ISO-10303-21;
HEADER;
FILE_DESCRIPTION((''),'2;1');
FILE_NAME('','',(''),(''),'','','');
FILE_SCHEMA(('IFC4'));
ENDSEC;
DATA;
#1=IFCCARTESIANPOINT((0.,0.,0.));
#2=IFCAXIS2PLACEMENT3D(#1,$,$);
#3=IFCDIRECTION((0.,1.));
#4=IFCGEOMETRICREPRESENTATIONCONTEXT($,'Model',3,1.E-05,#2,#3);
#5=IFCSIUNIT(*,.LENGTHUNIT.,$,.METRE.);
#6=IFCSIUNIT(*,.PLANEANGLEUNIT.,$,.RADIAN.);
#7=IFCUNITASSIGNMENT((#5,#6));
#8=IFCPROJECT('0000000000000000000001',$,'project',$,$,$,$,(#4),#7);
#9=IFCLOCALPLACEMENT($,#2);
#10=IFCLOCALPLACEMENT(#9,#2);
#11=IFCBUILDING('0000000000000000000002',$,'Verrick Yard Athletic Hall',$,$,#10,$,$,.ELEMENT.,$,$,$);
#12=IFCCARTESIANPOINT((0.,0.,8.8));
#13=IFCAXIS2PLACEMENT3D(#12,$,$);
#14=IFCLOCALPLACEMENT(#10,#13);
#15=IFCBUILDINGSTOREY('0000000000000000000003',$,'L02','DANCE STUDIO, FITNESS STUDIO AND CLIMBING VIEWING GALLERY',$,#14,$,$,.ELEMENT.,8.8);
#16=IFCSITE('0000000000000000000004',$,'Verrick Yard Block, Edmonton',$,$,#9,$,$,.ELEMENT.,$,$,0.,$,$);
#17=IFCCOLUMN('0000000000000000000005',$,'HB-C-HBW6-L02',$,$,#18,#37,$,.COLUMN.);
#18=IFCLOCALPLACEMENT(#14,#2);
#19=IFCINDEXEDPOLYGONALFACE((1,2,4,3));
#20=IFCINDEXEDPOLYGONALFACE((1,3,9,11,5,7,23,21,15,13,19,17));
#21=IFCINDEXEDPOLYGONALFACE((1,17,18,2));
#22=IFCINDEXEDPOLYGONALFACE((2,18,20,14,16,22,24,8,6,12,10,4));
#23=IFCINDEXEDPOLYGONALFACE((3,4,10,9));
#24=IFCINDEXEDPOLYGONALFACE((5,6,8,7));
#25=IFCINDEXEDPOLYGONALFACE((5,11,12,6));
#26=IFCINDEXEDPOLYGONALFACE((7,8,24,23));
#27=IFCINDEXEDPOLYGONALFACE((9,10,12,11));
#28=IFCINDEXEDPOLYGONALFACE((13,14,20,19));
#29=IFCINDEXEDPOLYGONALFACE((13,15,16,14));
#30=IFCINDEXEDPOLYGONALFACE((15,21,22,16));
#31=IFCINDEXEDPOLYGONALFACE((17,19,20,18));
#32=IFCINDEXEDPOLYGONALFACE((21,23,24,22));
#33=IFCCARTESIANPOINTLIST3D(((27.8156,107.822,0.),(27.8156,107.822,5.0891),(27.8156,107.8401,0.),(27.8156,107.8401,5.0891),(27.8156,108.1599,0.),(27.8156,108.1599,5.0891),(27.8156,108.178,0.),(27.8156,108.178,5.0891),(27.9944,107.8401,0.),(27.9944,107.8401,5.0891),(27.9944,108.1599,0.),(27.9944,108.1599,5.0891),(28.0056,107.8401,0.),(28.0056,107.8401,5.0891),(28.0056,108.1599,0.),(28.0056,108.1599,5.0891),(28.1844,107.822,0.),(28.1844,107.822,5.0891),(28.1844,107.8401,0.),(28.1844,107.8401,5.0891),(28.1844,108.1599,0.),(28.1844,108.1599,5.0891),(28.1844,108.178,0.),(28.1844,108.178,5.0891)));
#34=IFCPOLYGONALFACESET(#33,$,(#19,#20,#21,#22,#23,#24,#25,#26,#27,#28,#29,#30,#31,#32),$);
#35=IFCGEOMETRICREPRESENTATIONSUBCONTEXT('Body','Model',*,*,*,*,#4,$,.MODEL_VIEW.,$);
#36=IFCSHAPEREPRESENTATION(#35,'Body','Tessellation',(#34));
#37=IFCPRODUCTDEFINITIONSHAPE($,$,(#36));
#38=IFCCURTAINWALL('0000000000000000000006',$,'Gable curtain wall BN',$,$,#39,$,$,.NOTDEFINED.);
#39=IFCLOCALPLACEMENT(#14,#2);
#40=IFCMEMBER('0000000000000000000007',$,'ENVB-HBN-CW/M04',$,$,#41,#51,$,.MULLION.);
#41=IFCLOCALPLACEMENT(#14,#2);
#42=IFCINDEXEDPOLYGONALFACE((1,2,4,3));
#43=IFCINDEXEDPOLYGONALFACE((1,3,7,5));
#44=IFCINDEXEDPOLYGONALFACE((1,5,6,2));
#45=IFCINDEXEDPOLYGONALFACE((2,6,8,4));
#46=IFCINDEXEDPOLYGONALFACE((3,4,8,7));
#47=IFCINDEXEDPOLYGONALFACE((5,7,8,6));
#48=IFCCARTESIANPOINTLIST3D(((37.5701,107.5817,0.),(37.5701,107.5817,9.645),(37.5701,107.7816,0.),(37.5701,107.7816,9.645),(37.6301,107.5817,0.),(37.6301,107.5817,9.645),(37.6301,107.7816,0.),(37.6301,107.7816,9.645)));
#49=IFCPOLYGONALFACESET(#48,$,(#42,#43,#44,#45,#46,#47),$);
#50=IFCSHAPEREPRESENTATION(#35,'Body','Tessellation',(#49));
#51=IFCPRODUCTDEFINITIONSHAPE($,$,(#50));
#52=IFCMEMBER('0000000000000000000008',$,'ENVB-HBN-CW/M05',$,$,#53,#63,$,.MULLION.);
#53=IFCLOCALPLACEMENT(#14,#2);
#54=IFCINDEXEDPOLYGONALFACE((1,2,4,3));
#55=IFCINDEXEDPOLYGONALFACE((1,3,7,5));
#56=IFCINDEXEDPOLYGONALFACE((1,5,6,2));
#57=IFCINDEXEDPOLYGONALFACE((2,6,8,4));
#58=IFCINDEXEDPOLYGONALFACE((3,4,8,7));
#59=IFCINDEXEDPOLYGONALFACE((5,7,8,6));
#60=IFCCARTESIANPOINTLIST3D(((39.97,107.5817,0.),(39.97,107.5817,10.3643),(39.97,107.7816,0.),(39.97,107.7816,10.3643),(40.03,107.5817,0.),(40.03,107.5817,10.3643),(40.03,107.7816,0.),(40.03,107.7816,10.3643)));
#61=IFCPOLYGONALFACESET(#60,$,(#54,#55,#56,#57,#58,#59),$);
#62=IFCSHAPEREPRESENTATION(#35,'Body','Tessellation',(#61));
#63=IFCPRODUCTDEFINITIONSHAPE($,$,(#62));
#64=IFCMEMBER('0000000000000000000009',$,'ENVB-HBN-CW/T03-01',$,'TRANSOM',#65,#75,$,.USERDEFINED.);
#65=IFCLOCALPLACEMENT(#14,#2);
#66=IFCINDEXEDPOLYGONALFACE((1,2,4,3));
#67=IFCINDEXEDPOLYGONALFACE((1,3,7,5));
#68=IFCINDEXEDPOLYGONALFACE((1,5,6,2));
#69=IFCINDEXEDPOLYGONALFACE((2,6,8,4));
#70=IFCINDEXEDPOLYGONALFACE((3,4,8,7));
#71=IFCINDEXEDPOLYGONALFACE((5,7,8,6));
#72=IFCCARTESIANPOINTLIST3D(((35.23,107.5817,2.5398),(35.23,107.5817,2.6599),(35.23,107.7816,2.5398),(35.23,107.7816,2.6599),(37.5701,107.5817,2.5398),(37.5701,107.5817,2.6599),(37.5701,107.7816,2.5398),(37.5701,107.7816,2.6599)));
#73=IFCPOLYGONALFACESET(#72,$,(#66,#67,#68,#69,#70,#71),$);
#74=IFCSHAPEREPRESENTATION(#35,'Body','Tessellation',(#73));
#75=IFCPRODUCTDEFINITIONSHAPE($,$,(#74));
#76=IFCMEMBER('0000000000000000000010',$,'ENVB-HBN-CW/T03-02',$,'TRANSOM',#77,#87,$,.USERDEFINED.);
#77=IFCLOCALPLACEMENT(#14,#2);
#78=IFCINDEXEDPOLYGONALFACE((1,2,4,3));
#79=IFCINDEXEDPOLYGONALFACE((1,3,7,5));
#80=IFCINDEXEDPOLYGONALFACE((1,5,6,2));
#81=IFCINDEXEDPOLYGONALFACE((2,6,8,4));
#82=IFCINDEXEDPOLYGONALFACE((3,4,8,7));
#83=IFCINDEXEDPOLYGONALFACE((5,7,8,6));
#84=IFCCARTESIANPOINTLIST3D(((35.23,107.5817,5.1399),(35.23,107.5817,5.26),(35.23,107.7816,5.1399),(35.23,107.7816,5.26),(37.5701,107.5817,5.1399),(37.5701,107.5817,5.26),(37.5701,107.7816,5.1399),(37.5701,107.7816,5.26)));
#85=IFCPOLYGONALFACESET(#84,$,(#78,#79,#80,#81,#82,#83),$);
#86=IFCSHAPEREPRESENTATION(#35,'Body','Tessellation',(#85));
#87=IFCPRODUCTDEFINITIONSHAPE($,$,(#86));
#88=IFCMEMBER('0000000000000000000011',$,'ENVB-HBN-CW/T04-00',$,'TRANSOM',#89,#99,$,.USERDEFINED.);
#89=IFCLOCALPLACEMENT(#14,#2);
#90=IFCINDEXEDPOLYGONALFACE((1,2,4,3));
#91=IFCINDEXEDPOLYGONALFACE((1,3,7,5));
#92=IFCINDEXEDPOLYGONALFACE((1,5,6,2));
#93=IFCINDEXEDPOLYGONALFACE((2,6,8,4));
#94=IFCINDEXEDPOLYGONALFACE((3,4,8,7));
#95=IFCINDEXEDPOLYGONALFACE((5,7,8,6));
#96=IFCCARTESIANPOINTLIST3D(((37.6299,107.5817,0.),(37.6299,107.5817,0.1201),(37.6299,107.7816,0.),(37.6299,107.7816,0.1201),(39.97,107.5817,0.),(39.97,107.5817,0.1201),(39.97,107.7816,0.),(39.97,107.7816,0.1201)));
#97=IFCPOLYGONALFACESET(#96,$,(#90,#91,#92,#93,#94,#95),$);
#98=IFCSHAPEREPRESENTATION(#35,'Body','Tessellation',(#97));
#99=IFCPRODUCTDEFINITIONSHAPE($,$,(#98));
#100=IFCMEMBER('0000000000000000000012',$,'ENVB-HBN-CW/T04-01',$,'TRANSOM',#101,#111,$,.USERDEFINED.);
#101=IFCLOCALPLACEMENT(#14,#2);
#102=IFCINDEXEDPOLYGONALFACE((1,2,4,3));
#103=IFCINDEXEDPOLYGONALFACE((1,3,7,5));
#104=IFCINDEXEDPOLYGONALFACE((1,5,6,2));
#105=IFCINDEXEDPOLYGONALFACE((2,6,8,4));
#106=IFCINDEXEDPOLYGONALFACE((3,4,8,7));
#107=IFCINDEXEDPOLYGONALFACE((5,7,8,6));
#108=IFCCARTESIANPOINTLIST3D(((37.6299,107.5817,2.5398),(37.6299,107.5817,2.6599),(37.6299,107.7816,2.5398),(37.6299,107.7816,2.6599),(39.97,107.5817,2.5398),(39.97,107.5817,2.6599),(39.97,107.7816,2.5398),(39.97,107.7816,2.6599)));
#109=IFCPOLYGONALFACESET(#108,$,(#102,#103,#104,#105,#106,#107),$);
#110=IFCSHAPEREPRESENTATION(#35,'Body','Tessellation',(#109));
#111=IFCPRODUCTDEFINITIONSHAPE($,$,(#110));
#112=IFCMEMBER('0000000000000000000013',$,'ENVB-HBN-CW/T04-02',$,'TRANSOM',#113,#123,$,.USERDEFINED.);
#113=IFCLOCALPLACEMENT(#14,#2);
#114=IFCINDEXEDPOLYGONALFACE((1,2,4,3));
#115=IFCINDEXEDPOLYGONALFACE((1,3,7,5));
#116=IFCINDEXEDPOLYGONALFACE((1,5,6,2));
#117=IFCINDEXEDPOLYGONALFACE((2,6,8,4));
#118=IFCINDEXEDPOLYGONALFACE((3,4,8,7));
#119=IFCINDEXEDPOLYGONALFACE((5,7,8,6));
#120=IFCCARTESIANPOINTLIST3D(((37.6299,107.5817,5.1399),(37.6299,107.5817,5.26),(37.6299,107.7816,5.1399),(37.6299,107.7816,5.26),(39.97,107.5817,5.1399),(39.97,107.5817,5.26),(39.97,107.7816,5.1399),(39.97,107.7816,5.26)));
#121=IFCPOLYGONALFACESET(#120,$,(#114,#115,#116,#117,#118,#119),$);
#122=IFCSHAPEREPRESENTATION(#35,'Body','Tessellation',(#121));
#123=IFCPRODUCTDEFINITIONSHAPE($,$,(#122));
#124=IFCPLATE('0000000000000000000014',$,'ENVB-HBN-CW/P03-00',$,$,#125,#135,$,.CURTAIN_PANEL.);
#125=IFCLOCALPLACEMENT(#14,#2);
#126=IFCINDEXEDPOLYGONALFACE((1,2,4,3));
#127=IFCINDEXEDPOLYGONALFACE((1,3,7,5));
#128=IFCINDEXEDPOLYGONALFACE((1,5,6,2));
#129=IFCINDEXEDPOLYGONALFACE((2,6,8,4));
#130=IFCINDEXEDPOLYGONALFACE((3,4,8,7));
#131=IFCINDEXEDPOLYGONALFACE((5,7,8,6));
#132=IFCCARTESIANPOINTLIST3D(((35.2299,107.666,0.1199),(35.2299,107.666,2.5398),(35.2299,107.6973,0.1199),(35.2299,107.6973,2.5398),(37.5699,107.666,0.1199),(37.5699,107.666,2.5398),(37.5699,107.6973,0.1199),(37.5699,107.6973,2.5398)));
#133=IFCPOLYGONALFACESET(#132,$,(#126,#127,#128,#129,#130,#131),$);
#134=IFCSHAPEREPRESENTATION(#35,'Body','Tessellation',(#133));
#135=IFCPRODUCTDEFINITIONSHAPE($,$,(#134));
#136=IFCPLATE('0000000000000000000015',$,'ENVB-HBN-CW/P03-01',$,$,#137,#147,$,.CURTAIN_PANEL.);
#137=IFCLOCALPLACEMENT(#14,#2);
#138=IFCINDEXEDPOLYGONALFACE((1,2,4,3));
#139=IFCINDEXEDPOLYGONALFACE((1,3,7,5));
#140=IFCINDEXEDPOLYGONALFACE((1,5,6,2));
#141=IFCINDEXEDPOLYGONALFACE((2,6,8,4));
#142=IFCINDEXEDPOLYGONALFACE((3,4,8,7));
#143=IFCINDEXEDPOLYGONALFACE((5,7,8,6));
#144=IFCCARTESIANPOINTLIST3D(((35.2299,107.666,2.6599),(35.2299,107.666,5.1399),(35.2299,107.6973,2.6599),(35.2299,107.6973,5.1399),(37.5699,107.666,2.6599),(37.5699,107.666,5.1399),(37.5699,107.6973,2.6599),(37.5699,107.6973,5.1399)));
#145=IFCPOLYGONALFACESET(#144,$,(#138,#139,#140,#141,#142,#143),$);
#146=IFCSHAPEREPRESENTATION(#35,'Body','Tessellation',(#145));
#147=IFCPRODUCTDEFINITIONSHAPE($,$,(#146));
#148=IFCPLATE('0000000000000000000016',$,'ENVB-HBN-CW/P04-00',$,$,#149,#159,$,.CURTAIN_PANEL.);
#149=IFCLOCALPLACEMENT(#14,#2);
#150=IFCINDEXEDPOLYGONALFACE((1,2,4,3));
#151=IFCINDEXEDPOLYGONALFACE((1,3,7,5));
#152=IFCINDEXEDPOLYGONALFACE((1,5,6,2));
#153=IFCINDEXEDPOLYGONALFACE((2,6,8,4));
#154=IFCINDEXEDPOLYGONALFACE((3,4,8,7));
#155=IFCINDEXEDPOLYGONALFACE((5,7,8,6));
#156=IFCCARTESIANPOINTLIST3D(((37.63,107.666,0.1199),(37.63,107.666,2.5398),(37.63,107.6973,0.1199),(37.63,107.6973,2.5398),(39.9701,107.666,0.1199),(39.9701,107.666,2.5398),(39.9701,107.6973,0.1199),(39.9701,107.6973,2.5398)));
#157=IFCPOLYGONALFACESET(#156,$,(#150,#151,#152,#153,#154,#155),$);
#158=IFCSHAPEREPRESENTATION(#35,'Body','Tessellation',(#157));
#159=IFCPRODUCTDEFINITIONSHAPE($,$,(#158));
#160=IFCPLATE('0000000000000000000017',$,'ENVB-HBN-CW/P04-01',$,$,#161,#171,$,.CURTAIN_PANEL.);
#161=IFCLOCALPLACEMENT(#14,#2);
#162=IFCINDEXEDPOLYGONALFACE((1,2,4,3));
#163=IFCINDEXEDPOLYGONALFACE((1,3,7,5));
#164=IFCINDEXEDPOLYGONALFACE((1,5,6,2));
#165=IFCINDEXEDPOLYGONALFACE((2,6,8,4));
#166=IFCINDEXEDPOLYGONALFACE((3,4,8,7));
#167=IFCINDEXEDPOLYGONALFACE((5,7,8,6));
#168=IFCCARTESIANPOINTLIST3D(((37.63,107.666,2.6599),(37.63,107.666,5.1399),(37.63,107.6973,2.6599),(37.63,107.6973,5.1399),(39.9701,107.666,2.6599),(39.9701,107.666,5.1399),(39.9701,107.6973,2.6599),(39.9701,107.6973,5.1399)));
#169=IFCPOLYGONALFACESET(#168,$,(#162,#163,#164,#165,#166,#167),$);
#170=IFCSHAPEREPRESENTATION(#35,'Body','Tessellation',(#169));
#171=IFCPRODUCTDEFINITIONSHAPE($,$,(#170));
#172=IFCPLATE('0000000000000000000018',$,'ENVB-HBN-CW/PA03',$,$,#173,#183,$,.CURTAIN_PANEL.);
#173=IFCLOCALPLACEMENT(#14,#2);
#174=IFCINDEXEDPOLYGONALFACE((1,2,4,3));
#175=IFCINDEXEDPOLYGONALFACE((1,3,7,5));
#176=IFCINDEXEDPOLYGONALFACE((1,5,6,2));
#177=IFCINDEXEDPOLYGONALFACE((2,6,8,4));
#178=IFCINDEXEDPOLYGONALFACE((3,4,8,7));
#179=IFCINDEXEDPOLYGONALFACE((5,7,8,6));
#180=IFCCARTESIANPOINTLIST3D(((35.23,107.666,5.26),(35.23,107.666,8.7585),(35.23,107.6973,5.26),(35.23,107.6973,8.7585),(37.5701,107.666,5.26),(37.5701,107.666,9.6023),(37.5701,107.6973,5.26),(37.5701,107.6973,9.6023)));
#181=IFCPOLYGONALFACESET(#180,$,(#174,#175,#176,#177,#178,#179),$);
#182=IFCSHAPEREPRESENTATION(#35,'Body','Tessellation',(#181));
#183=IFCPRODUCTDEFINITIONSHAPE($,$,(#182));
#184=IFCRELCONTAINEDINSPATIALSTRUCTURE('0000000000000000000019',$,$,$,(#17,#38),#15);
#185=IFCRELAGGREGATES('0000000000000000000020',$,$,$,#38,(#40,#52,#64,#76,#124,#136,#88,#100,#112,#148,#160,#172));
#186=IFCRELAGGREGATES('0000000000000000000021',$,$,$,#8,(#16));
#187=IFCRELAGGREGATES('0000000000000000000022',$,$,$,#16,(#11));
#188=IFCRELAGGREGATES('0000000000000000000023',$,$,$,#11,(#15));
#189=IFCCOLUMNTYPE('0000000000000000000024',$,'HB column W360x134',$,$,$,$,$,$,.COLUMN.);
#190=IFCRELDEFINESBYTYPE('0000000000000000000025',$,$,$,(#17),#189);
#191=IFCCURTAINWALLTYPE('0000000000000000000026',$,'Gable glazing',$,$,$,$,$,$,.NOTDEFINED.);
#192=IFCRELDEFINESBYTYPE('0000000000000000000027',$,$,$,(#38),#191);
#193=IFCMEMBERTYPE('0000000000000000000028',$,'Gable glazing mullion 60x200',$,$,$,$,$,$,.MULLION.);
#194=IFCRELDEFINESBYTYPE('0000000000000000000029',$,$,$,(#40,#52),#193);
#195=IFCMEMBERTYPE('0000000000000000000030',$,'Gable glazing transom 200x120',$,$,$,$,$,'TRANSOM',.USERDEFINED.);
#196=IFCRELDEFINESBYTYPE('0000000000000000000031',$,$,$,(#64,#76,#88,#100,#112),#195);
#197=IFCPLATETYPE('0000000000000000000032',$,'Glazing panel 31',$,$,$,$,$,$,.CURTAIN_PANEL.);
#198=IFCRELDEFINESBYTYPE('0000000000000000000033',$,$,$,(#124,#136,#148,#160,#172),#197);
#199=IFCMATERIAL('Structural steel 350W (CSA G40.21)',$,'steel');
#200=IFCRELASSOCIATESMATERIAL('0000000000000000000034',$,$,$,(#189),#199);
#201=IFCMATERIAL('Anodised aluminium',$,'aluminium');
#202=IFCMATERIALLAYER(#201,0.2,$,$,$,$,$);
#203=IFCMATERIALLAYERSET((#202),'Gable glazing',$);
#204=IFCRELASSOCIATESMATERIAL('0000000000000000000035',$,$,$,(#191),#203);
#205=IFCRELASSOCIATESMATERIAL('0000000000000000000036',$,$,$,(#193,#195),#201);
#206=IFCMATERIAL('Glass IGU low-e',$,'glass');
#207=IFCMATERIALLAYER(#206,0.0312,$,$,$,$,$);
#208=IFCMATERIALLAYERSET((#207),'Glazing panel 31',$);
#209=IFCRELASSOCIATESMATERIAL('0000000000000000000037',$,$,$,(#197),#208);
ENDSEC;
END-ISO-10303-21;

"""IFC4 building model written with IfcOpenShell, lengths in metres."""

from ifc_helpers import new_model, si_unit, direction, frame, origin, origin_2d, place, context, subcontext, project, spatial, polyline, rectangle, i_section, outline, extrude, material, layer, layer_set, material_profile, profile_set, type_object, element, aggregate, save


model = new_model("IFC4")

# Units and contexts
model_context = context("Model", 3, precision=1e-05, world=origin(), true_north=direction((0.0, 1.0)))
body_context = subcontext(model_context, "Body", "Model", "MODEL_VIEW")
ifc_project = project(units=[si_unit("LENGTHUNIT", "METRE"), si_unit("PLANEANGLEUNIT", "RADIAN")], contexts=[model_context])

# Site, building, storey
site_placement = place(None, origin())
site = spatial("IfcSite", under=ifc_project, at=site_placement, Name="Verrick Yard Block, Edmonton", CompositionType="ELEMENT", RefElevation=0.0)
building_placement = place(site_placement, origin())
building = spatial("IfcBuilding", under=site, at=building_placement, Name="Verrick Yard Athletic Hall", CompositionType="ELEMENT")
storey_placement = place(building_placement, frame((0.0, 0.0, 8.8)))
storey = spatial("IfcBuildingStorey", under=building, at=storey_placement, Name="L02", Description="DANCE STUDIO, FITNESS STUDIO AND CLIMBING VIEWING GALLERY", CompositionType="ELEMENT", Elevation=8.8)

# Column
ifc_material_1 = material(Name="Structural steel 350W (CSA G40.21)", Category="steel")
ifc_material_profile_1 = material_profile(ifc_material_1, i_section(OverallWidth=0.3689, OverallDepth=0.356, WebThickness=0.0112, FlangeThickness=0.0181, at=origin_2d()), Name="W360x134")
ifc_profile_set_1 = profile_set([ifc_material_profile_1], Name="Structural steel 350W (CSA G40.21)")
column_type = type_object("IfcColumnType", Name="HB column W360x134", PredefinedType="COLUMN", material=ifc_profile_set_1)
column_placement = place(storey_placement, frame((28.0, 108.0, 0.0), z_axis=(0.0, 0.0, 1.0), x_axis=(1.0, 0.0, 0.0)))
element("IfcColumn", 1, at=column_placement, inside=storey, type_object=column_type, Name="HB-C-HBW6-L02", PredefinedType="COLUMN", context=body_context, shape_type="SweptSolid", body=[
    extrude(i_section(OverallWidth=0.3689, OverallDepth=0.356, WebThickness=0.0112, FlangeThickness=0.0181, at=origin_2d()), origin(), (0.0, 0.0, 1.0), 5.0891),
])

# Curtain wall, members, plates
ifc_material_2 = material(Name="Anodised aluminium", Category="aluminium")
ifc_layer_1 = layer(ifc_material_2, 0.2)
ifc_layer_set_1 = layer_set([ifc_layer_1], Name="Gable glazing")
curtain_wall_type = type_object("IfcCurtainWallType", Name="Gable glazing", PredefinedType="NOTDEFINED", material=ifc_layer_set_1)
curtain_wall_placement = place(storey_placement, origin())
curtain_wall = element("IfcCurtainWall", 2, at=curtain_wall_placement, inside=storey, type_object=curtain_wall_type, Name="Gable curtain wall BN", PredefinedType="NOTDEFINED")
ifc_material_profile_2 = material_profile(ifc_material_2, rectangle(XDim=0.2, YDim=0.0601, at=origin_2d()), Name="CW gable mullion 60x200")
ifc_profile_set_2 = profile_set([ifc_material_profile_2], Name="Anodised aluminium")
member_type_1 = type_object("IfcMemberType", Name="Gable glazing mullion 60x200", PredefinedType="MULLION", material=ifc_profile_set_2)
member_1_placement = place(storey_placement, frame((37.6001, 107.6816, 0.0), z_axis=(0.0, 0.0, 1.0), x_axis=(0.0, 1.0, 0.0)))
member_1 = element("IfcMember", 3, at=member_1_placement, type_object=member_type_1, Name="ENVB-HBN-CW/M04", PredefinedType="MULLION", context=body_context, shape_type="SweptSolid", body=[
    extrude(rectangle(XDim=0.2, YDim=0.0601, at=origin_2d()), origin(), (0.0, 0.0, 1.0), 9.645),
])
member_2_placement = place(storey_placement, frame((40.0, 107.6816, 0.0), z_axis=(0.0, 0.0, 1.0), x_axis=(0.0, 1.0, 0.0)))
member_2 = element("IfcMember", 4, at=member_2_placement, type_object=member_type_1, Name="ENVB-HBN-CW/M05", PredefinedType="MULLION", context=body_context, shape_type="SweptSolid", body=[
    extrude(rectangle(XDim=0.2, YDim=0.0601, at=origin_2d()), origin(), (0.0, 0.0, 1.0), 10.3643),
])
ifc_material_profile_3 = material_profile(ifc_material_2, rectangle(XDim=0.2, YDim=0.1201, at=origin_2d()), Name="CW gable transom 200x120")
ifc_profile_set_3 = profile_set([ifc_material_profile_3], Name="Anodised aluminium")
member_type_2 = type_object("IfcMemberType", Name="Gable glazing transom 200x120", ElementType="TRANSOM", PredefinedType="USERDEFINED", material=ifc_profile_set_3)
member_3_placement = place(storey_placement, frame((35.23, 107.6816, 2.5999), z_axis=(1.0, 0.0, 0.0), x_axis=(0.0, 1.0, 0.0)))
member_3 = element("IfcMember", 5, at=member_3_placement, type_object=member_type_2, Name="ENVB-HBN-CW/T03-01", ObjectType="TRANSOM", PredefinedType="USERDEFINED", context=body_context, shape_type="SweptSolid", body=[
    extrude(rectangle(XDim=0.2, YDim=0.1201, at=origin_2d()), origin(), (0.0, 0.0, 1.0), 2.3401),
])
member_4_placement = place(storey_placement, frame((35.23, 107.6816, 5.2), z_axis=(1.0, 0.0, 0.0), x_axis=(0.0, 1.0, 0.0)))
member_4 = element("IfcMember", 6, at=member_4_placement, type_object=member_type_2, Name="ENVB-HBN-CW/T03-02", ObjectType="TRANSOM", PredefinedType="USERDEFINED", context=body_context, shape_type="SweptSolid", body=[
    extrude(rectangle(XDim=0.2, YDim=0.1201, at=origin_2d()), origin(), (0.0, 0.0, 1.0), 2.3401),
])
member_5_placement = place(storey_placement, frame((37.6299, 107.6816, 0.0601), z_axis=(1.0, 0.0, 0.0), x_axis=(0.0, 1.0, 0.0)))
member_5 = element("IfcMember", 7, at=member_5_placement, type_object=member_type_2, Name="ENVB-HBN-CW/T04-00", ObjectType="TRANSOM", PredefinedType="USERDEFINED", context=body_context, shape_type="SweptSolid", body=[
    extrude(rectangle(XDim=0.2, YDim=0.1201, at=origin_2d()), origin(), (0.0, 0.0, 1.0), 2.3401),
])
member_6_placement = place(storey_placement, frame((37.6299, 107.6816, 2.5999), z_axis=(1.0, 0.0, 0.0), x_axis=(0.0, 1.0, 0.0)))
member_6 = element("IfcMember", 8, at=member_6_placement, type_object=member_type_2, Name="ENVB-HBN-CW/T04-01", ObjectType="TRANSOM", PredefinedType="USERDEFINED", context=body_context, shape_type="SweptSolid", body=[
    extrude(rectangle(XDim=0.2, YDim=0.1201, at=origin_2d()), origin(), (0.0, 0.0, 1.0), 2.3401),
])
member_7_placement = place(storey_placement, frame((37.6299, 107.6816, 5.2), z_axis=(1.0, 0.0, 0.0), x_axis=(0.0, 1.0, 0.0)))
member_7 = element("IfcMember", 9, at=member_7_placement, type_object=member_type_2, Name="ENVB-HBN-CW/T04-02", ObjectType="TRANSOM", PredefinedType="USERDEFINED", context=body_context, shape_type="SweptSolid", body=[
    extrude(rectangle(XDim=0.2, YDim=0.1201, at=origin_2d()), origin(), (0.0, 0.0, 1.0), 2.3401),
])
ifc_material_3 = material(Name="Glass IGU low-e", Category="glass")
ifc_layer_2 = layer(ifc_material_3, 0.0312)
ifc_layer_set_2 = layer_set([ifc_layer_2], Name="Glazing panel 31")
plate_type = type_object("IfcPlateType", Name="Glazing panel 31", PredefinedType="CURTAIN_PANEL", material=ifc_layer_set_2)
plate_1_placement = place(storey_placement, frame((36.3999, 107.6816, 0.1199), z_axis=(0.0, 0.0, 1.0), x_axis=(1.0, 0.0, 0.0)))
plate_1 = element("IfcPlate", 10, at=plate_1_placement, type_object=plate_type, Name="ENVB-HBN-CW/P03-00", PredefinedType="CURTAIN_PANEL", context=body_context, shape_type="SweptSolid", body=[
    extrude(rectangle(XDim=2.3401, YDim=0.0312, at=origin_2d()), origin(), (0.0, 0.0, 1.0), 2.4199),
])
plate_2_placement = place(storey_placement, frame((36.3999, 107.6816, 2.6599), z_axis=(0.0, 0.0, 1.0), x_axis=(1.0, 0.0, 0.0)))
plate_2 = element("IfcPlate", 11, at=plate_2_placement, type_object=plate_type, Name="ENVB-HBN-CW/P03-01", PredefinedType="CURTAIN_PANEL", context=body_context, shape_type="SweptSolid", body=[
    extrude(rectangle(XDim=2.3401, YDim=0.0312, at=origin_2d()), origin(), (0.0, 0.0, 1.0), 2.48),
])
plate_3_placement = place(storey_placement, frame((38.8, 107.6816, 0.1199), z_axis=(0.0, 0.0, 1.0), x_axis=(1.0, 0.0, 0.0)))
plate_3 = element("IfcPlate", 12, at=plate_3_placement, type_object=plate_type, Name="ENVB-HBN-CW/P04-00", PredefinedType="CURTAIN_PANEL", context=body_context, shape_type="SweptSolid", body=[
    extrude(rectangle(XDim=2.3401, YDim=0.0312, at=origin_2d()), origin(), (0.0, 0.0, 1.0), 2.4199),
])
plate_4_placement = place(storey_placement, frame((38.8, 107.6816, 2.6599), z_axis=(0.0, 0.0, 1.0), x_axis=(1.0, 0.0, 0.0)))
plate_4 = element("IfcPlate", 13, at=plate_4_placement, type_object=plate_type, Name="ENVB-HBN-CW/P04-01", PredefinedType="CURTAIN_PANEL", context=body_context, shape_type="SweptSolid", body=[
    extrude(rectangle(XDim=2.3401, YDim=0.0312, at=origin_2d()), origin(), (0.0, 0.0, 1.0), 2.48),
])
plate_5_placement = place(storey_placement, frame((35.23, 107.6816, 5.26), z_axis=(0.0, 0.0, 1.0), x_axis=(1.0, 0.0, 0.0)))
plate_5 = element("IfcPlate", 14, at=plate_5_placement, type_object=plate_type, Name="ENVB-HBN-CW/PA03", PredefinedType="CURTAIN_PANEL", context=body_context, shape_type="SweptSolid", body=[
    extrude(outline(polyline([(0.0, 3.4985), (2.3401, 4.3423), (2.3401, 0.0), (0.0, 0.0), (0.0, 3.4985)])), frame((0.0, 0.0156, 0.0), z_axis=(0.0, -1.0, 0.0), x_axis=(1.0, 0.0, 0.0)), (0.0, 0.0, 1.0), 0.0312),
])
aggregate(curtain_wall, [member_1, member_2, member_3, member_4, plate_1, plate_2, member_5, member_6, member_7, plate_3, plate_4, plate_5])

save(model, "model.ifc")
